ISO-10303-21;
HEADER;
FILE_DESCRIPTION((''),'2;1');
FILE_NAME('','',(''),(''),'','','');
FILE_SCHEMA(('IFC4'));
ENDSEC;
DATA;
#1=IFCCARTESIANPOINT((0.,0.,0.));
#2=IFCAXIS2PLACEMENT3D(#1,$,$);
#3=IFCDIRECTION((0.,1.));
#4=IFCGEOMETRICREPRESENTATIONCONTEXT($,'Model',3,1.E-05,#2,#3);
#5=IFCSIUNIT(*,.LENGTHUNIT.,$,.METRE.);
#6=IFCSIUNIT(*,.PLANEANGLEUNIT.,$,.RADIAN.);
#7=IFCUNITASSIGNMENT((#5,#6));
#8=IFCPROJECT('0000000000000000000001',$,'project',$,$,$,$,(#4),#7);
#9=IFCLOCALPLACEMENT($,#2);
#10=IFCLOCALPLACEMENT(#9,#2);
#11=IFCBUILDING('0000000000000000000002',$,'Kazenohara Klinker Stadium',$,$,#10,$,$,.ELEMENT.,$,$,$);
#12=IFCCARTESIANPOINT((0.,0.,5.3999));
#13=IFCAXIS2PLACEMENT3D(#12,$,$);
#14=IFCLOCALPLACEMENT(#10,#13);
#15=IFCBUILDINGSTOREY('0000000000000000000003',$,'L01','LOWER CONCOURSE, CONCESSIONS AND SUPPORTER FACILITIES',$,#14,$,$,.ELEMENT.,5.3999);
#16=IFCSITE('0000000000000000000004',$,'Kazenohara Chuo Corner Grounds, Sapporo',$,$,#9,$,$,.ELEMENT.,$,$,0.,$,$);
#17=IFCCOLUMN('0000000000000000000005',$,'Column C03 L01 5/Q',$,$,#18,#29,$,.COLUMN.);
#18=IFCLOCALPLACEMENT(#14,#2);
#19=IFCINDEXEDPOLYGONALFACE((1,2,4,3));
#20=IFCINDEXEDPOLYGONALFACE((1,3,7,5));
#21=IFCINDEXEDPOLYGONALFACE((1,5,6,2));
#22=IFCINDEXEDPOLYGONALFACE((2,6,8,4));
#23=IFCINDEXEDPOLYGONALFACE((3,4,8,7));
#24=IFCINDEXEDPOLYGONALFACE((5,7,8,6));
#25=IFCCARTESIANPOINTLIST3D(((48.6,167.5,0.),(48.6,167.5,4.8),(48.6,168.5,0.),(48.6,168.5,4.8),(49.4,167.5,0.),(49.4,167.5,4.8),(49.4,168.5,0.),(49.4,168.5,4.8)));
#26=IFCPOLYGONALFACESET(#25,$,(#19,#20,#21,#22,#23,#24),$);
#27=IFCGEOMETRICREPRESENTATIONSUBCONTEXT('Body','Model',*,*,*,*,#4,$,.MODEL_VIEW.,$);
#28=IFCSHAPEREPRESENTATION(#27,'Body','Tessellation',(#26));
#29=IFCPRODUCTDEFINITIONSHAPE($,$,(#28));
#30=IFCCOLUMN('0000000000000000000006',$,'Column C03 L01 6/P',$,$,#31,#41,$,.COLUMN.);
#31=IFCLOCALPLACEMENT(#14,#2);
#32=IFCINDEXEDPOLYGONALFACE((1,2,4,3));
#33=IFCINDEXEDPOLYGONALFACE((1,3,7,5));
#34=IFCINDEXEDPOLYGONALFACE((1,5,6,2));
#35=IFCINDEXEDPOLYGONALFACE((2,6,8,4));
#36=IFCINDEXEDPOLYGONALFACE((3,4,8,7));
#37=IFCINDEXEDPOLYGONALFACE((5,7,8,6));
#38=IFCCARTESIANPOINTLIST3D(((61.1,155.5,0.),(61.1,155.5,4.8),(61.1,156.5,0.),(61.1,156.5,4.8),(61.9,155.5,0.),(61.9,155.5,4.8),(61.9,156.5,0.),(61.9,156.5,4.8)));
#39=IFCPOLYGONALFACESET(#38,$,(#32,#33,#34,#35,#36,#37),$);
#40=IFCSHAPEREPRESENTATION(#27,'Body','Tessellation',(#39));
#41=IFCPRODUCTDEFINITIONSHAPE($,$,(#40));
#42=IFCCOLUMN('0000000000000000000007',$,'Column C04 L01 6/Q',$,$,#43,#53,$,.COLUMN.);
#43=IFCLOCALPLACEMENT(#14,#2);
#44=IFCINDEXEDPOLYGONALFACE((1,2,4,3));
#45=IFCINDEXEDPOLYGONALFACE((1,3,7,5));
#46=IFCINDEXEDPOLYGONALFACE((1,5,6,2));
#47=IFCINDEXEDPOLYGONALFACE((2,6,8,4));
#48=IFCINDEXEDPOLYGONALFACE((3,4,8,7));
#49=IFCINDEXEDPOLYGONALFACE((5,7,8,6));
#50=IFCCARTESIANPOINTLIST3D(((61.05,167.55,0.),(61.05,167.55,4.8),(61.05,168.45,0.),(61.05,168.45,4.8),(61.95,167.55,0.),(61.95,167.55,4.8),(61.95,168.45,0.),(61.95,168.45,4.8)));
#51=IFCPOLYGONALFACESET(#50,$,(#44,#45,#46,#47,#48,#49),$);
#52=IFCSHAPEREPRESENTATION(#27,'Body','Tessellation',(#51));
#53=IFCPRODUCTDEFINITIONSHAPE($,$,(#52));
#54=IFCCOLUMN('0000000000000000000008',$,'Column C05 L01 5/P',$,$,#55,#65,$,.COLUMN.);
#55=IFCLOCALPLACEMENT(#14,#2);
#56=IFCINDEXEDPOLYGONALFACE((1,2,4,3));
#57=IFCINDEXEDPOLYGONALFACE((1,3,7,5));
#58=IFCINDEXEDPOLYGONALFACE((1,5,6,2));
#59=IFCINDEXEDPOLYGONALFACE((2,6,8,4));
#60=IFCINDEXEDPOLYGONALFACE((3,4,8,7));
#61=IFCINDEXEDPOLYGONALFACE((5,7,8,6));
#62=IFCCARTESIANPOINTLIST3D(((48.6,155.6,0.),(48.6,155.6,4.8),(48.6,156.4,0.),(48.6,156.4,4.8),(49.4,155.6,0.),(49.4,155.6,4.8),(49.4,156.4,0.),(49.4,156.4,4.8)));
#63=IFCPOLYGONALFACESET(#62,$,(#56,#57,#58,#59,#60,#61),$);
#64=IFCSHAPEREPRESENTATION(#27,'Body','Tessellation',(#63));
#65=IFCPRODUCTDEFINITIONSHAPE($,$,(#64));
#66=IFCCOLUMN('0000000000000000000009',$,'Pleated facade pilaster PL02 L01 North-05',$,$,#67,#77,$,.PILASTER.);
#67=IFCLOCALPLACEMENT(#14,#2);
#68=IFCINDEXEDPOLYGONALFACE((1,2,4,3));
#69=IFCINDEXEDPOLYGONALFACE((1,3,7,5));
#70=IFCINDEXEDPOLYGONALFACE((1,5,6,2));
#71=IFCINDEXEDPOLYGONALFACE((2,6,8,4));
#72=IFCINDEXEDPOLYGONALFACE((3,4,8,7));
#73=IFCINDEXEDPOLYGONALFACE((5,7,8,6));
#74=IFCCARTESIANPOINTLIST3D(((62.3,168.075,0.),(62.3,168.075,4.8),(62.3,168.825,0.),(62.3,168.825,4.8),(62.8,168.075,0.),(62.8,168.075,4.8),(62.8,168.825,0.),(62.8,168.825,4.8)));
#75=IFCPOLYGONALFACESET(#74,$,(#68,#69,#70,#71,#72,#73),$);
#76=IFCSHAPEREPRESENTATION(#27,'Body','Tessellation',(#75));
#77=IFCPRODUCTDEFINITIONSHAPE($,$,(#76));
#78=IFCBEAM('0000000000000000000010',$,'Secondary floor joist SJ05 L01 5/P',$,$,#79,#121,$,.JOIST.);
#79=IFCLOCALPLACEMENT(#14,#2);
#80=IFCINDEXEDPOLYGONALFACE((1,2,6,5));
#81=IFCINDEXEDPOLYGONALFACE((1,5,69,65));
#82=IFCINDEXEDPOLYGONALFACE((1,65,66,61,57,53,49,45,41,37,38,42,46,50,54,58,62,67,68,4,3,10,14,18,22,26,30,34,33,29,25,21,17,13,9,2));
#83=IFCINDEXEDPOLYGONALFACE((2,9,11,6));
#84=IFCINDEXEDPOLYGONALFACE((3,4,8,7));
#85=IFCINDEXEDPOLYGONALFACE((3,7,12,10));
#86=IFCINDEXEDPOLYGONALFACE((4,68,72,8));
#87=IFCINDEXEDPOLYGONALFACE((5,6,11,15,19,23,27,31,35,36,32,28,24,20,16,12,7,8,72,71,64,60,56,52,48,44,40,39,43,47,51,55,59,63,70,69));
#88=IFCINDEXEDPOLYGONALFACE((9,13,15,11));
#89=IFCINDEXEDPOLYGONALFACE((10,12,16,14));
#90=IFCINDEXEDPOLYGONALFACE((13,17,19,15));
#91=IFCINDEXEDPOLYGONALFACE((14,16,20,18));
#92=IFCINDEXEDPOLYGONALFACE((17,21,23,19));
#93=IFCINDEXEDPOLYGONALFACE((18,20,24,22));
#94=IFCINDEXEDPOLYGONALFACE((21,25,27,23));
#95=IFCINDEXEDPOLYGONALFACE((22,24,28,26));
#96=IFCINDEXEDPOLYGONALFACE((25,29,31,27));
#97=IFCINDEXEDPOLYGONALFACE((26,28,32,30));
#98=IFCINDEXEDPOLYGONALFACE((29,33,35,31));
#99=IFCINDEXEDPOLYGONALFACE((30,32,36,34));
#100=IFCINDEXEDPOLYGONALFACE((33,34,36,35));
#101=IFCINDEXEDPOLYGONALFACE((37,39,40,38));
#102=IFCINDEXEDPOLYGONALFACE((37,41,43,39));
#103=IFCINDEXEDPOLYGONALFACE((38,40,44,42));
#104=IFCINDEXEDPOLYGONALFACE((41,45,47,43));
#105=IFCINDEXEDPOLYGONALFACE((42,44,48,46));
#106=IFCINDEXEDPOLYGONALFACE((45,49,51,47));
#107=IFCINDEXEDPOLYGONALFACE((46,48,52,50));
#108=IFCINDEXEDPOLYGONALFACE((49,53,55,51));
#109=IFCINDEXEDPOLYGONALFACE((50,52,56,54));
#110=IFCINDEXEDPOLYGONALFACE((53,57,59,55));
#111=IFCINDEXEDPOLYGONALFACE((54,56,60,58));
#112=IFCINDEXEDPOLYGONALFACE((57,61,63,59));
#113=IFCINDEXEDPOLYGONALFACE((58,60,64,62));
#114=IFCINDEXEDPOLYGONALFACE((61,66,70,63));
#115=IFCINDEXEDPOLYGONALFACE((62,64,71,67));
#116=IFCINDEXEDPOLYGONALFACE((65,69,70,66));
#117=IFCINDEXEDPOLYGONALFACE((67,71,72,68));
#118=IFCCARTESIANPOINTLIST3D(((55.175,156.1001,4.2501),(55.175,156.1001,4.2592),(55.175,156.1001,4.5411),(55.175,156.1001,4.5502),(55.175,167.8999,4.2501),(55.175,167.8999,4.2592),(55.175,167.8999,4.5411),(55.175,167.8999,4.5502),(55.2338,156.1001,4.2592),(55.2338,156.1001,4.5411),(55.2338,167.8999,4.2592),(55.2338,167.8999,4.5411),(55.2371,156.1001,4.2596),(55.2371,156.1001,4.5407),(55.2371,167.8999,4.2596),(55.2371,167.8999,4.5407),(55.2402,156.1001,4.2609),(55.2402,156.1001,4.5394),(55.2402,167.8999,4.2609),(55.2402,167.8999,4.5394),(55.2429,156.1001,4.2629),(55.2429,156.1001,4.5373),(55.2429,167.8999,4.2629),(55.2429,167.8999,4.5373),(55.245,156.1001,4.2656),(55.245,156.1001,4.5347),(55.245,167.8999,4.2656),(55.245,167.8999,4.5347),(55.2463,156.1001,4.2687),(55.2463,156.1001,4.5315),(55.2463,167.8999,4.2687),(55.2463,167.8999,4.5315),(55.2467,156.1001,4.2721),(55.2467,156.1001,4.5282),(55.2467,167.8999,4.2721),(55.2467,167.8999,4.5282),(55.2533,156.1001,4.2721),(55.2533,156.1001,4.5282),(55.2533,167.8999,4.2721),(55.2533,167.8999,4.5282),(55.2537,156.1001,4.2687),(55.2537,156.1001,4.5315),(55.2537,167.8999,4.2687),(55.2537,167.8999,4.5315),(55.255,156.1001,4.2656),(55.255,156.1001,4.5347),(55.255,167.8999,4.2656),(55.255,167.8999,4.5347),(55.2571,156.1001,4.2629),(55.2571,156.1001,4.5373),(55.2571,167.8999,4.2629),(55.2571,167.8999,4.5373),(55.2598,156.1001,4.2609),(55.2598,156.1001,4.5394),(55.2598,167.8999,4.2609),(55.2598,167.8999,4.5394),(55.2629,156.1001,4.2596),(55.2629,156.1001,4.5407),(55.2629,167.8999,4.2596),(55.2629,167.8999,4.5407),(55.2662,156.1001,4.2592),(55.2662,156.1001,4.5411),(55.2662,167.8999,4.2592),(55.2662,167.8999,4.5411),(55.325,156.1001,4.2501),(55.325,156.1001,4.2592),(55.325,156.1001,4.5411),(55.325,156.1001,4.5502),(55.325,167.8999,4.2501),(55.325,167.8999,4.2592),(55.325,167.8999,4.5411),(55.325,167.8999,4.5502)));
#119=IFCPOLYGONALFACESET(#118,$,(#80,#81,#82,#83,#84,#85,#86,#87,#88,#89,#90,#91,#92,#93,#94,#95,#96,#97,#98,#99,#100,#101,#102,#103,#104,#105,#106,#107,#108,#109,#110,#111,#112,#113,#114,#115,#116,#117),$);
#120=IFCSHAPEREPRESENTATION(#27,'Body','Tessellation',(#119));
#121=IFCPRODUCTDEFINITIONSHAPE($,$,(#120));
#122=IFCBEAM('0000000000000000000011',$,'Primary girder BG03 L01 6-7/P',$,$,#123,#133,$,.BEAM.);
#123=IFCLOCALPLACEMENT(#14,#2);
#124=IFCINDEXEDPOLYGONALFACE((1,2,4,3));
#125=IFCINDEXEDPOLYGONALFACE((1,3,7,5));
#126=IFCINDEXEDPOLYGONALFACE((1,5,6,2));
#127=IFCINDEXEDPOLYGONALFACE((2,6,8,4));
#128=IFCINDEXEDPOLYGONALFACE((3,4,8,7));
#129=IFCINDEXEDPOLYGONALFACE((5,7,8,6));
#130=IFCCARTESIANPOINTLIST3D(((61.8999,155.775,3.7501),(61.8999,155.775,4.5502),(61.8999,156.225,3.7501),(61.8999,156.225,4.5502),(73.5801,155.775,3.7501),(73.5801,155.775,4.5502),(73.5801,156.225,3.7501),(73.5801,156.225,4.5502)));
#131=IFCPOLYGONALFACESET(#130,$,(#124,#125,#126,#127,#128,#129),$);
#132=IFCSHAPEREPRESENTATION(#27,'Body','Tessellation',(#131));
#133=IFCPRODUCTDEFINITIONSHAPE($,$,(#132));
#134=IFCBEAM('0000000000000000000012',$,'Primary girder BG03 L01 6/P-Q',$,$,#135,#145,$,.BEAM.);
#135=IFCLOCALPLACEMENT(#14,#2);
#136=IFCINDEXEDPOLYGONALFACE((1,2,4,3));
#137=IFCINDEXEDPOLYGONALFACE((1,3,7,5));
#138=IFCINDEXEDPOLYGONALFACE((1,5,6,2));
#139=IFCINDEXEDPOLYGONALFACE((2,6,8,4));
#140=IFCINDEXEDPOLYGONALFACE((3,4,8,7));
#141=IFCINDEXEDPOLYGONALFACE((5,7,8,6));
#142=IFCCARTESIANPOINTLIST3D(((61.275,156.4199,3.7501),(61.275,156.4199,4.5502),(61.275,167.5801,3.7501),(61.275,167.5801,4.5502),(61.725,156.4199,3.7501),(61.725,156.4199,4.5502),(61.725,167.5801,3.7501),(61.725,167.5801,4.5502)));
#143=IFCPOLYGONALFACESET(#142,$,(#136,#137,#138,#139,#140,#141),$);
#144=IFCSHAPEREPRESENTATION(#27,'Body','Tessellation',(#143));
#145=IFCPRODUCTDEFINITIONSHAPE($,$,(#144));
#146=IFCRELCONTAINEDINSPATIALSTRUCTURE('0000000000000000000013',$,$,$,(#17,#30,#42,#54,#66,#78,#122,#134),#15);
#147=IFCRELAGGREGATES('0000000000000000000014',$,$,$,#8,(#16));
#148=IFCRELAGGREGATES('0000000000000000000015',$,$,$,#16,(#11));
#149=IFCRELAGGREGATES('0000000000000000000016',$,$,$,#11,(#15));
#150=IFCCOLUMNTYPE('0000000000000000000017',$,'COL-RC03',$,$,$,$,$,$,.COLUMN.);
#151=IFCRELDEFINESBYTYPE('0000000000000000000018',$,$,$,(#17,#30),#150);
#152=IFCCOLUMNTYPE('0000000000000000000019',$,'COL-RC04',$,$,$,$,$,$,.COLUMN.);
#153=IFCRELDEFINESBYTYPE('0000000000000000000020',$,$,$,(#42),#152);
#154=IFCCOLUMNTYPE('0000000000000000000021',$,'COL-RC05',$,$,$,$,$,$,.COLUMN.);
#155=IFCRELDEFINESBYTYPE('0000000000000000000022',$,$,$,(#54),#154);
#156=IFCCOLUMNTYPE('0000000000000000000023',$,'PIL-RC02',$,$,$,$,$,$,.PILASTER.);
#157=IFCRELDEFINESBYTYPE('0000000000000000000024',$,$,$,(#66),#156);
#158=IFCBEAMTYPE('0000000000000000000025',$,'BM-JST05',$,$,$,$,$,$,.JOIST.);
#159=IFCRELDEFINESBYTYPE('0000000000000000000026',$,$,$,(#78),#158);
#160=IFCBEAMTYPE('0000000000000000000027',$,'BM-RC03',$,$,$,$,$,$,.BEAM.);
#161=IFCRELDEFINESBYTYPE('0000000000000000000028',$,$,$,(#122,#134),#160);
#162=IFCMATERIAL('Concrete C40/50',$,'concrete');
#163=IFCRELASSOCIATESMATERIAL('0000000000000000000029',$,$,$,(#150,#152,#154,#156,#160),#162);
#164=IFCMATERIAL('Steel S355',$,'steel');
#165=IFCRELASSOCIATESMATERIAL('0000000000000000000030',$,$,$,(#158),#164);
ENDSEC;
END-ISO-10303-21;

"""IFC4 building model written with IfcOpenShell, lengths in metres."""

from ifc_helpers import new_model, si_unit, direction, frame, origin, origin_2d, place, context, subcontext, project, spatial, rectangle, i_section, extrude, material, material_profile, profile_set, type_object, element, save


model = new_model("IFC4")

# Units and contexts
model_context = context("Model", 3, precision=1e-05, world=origin(), true_north=direction((0.0, 1.0)))
body_context = subcontext(model_context, "Body", "Model", "MODEL_VIEW")
ifc_project = project(units=[si_unit("LENGTHUNIT", "METRE"), si_unit("PLANEANGLEUNIT", "RADIAN")], contexts=[model_context])

# Site, building, storey
site_placement = place(None, origin())
site = spatial("IfcSite", under=ifc_project, at=site_placement, Name="Kazenohara Chuo Corner Grounds, Sapporo", CompositionType="ELEMENT", RefElevation=0.0)
building_placement = place(site_placement, origin())
building = spatial("IfcBuilding", under=site, at=building_placement, Name="Kazenohara Klinker Stadium", CompositionType="ELEMENT")
storey_placement = place(building_placement, frame((0.0, 0.0, 5.3999)))
storey = spatial("IfcBuildingStorey", under=building, at=storey_placement, Name="L01", Description="LOWER CONCOURSE, CONCESSIONS AND SUPPORTER FACILITIES", CompositionType="ELEMENT", Elevation=5.3999)

# Columns
ifc_material_1 = material(Name="Concrete C40/50", Category="concrete")
ifc_material_profile_1 = material_profile(ifc_material_1, rectangle(XDim=0.8, YDim=1.0, at=origin_2d()), Name="RC-COL-1000x800")
ifc_profile_set_1 = profile_set([ifc_material_profile_1], Name="Concrete C40/50")
column_type_1 = type_object("IfcColumnType", Name="COL-RC03", PredefinedType="COLUMN", material=ifc_profile_set_1)
for number, where, z_axis, x_axis, name in (
    (1, (49.0, 168.0, 0.0), (0.0, 0.0, 1.0), (1.0, 0.0, 0.0), "Column C03 L01 5/Q"),
    (2, (61.5, 156.0, 0.0), (0.0, 0.0, 1.0), (1.0, 0.0, 0.0), "Column C03 L01 6/P"),
):
    element("IfcColumn", number, at=place(storey_placement, frame(where, z_axis=z_axis, x_axis=x_axis)), inside=storey, type_object=column_type_1, Name=name, PredefinedType="COLUMN", context=body_context, shape_type="SweptSolid", body=[
        extrude(rectangle(XDim=0.8, YDim=1.0, at=origin_2d()), origin(), (0.0, 0.0, 1.0), 4.8),
    ])
ifc_material_profile_2 = material_profile(ifc_material_1, rectangle(XDim=0.8999, YDim=0.8999, at=origin_2d()), Name="RC-COL-900x900")
ifc_profile_set_2 = profile_set([ifc_material_profile_2], Name="Concrete C40/50")
column_type_2 = type_object("IfcColumnType", Name="COL-RC04", PredefinedType="COLUMN", material=ifc_profile_set_2)
column_1_placement = place(storey_placement, frame((61.5, 168.0, 0.0), z_axis=(0.0, 0.0, 1.0), x_axis=(1.0, 0.0, 0.0)))
element("IfcColumn", 3, at=column_1_placement, inside=storey, type_object=column_type_2, Name="Column C04 L01 6/Q", PredefinedType="COLUMN", context=body_context, shape_type="SweptSolid", body=[
    extrude(rectangle(XDim=0.8999, YDim=0.8999, at=origin_2d()), origin(), (0.0, 0.0, 1.0), 4.8),
])
ifc_material_profile_3 = material_profile(ifc_material_1, rectangle(XDim=0.8, YDim=0.8, at=origin_2d()), Name="RC-COL-800x800")
ifc_profile_set_3 = profile_set([ifc_material_profile_3], Name="Concrete C40/50")
column_type_3 = type_object("IfcColumnType", Name="COL-RC05", PredefinedType="COLUMN", material=ifc_profile_set_3)
column_2_placement = place(storey_placement, frame((49.0, 156.0, 0.0), z_axis=(0.0, 0.0, 1.0), x_axis=(1.0, 0.0, 0.0)))
element("IfcColumn", 4, at=column_2_placement, inside=storey, type_object=column_type_3, Name="Column C05 L01 5/P", PredefinedType="COLUMN", context=body_context, shape_type="SweptSolid", body=[
    extrude(rectangle(XDim=0.8, YDim=0.8, at=origin_2d()), origin(), (0.0, 0.0, 1.0), 4.8),
])
ifc_material_profile_4 = material_profile(ifc_material_1, rectangle(XDim=0.5, YDim=0.75, at=origin_2d()), Name="RC-PILASTER-500x750")
ifc_profile_set_4 = profile_set([ifc_material_profile_4], Name="Concrete C40/50")
column_type_4 = type_object("IfcColumnType", Name="PIL-RC02", PredefinedType="PILASTER", material=ifc_profile_set_4)
column_3_placement = place(storey_placement, frame((62.55, 168.45, 0.0), z_axis=(0.0, 0.0, 1.0), x_axis=(1.0, 0.0, 0.0)))
element("IfcColumn", 5, at=column_3_placement, inside=storey, type_object=column_type_4, Name="Pleated facade pilaster PL02 L01 North-05", PredefinedType="PILASTER", context=body_context, shape_type="SweptSolid", body=[
    extrude(rectangle(XDim=0.5, YDim=0.75, at=origin_2d()), origin(), (0.0, 0.0, 1.0), 4.8),
])

# Beams
ifc_material_2 = material(Name="Steel S355", Category="steel")
ifc_material_profile_5 = material_profile(ifc_material_2, i_section(OverallWidth=0.1499, OverallDepth=0.3, WebThickness=0.0066, FlangeThickness=0.009, FilletRadius=0.0129, at=origin_2d()), Name="H-300x150x6.5x9")
ifc_profile_set_5 = profile_set([ifc_material_profile_5], Name="Steel S355")
beam_type_1 = type_object("IfcBeamType", Name="BM-JST05", PredefinedType="JOIST", material=ifc_profile_set_5)
beam_1_placement = place(storey_placement, frame((55.25, 156.1001, 4.4001), z_axis=(0.0, 1.0, 0.0), x_axis=(-1.0, 0.0, 0.0)))
element("IfcBeam", 6, at=beam_1_placement, inside=storey, type_object=beam_type_1, Name="Secondary floor joist SJ05 L01 5/P", PredefinedType="JOIST", context=body_context, shape_type="SweptSolid", body=[
    extrude(i_section(OverallWidth=0.1499, OverallDepth=0.3, WebThickness=0.0066, FlangeThickness=0.009, FilletRadius=0.0129, at=origin_2d()), origin(), (0.0, 0.0, 1.0), 11.7998),
])
ifc_material_profile_6 = material_profile(ifc_material_1, rectangle(XDim=0.45, YDim=0.8, at=origin_2d()), Name="RC-BM-450x800")
ifc_profile_set_6 = profile_set([ifc_material_profile_6], Name="Concrete C40/50")
beam_type_2 = type_object("IfcBeamType", Name="BM-RC03", PredefinedType="BEAM", material=ifc_profile_set_6)
beam_2_placement = place(storey_placement, frame((61.8999, 156.0, 4.1501), z_axis=(1.0, 0.0, 0.0), x_axis=(0.0, 1.0, 0.0)))
element("IfcBeam", 7, at=beam_2_placement, inside=storey, type_object=beam_type_2, Name="Primary girder BG03 L01 6-7/P", PredefinedType="BEAM", context=body_context, shape_type="SweptSolid", body=[
    extrude(rectangle(XDim=0.45, YDim=0.8, at=origin_2d()), origin(), (0.0, 0.0, 1.0), 11.6802),
])
beam_3_placement = place(storey_placement, frame((61.5, 156.4199, 4.1501), z_axis=(0.0, 1.0, 0.0), x_axis=(-1.0, 0.0, 0.0)))
element("IfcBeam", 8, at=beam_3_placement, inside=storey, type_object=beam_type_2, Name="Primary girder BG03 L01 6/P-Q", PredefinedType="BEAM", context=body_context, shape_type="SweptSolid", body=[
    extrude(rectangle(XDim=0.45, YDim=0.8, at=origin_2d()), origin(), (0.0, 0.0, 1.0), 11.1602),
])

save(model, "model.ifc")
